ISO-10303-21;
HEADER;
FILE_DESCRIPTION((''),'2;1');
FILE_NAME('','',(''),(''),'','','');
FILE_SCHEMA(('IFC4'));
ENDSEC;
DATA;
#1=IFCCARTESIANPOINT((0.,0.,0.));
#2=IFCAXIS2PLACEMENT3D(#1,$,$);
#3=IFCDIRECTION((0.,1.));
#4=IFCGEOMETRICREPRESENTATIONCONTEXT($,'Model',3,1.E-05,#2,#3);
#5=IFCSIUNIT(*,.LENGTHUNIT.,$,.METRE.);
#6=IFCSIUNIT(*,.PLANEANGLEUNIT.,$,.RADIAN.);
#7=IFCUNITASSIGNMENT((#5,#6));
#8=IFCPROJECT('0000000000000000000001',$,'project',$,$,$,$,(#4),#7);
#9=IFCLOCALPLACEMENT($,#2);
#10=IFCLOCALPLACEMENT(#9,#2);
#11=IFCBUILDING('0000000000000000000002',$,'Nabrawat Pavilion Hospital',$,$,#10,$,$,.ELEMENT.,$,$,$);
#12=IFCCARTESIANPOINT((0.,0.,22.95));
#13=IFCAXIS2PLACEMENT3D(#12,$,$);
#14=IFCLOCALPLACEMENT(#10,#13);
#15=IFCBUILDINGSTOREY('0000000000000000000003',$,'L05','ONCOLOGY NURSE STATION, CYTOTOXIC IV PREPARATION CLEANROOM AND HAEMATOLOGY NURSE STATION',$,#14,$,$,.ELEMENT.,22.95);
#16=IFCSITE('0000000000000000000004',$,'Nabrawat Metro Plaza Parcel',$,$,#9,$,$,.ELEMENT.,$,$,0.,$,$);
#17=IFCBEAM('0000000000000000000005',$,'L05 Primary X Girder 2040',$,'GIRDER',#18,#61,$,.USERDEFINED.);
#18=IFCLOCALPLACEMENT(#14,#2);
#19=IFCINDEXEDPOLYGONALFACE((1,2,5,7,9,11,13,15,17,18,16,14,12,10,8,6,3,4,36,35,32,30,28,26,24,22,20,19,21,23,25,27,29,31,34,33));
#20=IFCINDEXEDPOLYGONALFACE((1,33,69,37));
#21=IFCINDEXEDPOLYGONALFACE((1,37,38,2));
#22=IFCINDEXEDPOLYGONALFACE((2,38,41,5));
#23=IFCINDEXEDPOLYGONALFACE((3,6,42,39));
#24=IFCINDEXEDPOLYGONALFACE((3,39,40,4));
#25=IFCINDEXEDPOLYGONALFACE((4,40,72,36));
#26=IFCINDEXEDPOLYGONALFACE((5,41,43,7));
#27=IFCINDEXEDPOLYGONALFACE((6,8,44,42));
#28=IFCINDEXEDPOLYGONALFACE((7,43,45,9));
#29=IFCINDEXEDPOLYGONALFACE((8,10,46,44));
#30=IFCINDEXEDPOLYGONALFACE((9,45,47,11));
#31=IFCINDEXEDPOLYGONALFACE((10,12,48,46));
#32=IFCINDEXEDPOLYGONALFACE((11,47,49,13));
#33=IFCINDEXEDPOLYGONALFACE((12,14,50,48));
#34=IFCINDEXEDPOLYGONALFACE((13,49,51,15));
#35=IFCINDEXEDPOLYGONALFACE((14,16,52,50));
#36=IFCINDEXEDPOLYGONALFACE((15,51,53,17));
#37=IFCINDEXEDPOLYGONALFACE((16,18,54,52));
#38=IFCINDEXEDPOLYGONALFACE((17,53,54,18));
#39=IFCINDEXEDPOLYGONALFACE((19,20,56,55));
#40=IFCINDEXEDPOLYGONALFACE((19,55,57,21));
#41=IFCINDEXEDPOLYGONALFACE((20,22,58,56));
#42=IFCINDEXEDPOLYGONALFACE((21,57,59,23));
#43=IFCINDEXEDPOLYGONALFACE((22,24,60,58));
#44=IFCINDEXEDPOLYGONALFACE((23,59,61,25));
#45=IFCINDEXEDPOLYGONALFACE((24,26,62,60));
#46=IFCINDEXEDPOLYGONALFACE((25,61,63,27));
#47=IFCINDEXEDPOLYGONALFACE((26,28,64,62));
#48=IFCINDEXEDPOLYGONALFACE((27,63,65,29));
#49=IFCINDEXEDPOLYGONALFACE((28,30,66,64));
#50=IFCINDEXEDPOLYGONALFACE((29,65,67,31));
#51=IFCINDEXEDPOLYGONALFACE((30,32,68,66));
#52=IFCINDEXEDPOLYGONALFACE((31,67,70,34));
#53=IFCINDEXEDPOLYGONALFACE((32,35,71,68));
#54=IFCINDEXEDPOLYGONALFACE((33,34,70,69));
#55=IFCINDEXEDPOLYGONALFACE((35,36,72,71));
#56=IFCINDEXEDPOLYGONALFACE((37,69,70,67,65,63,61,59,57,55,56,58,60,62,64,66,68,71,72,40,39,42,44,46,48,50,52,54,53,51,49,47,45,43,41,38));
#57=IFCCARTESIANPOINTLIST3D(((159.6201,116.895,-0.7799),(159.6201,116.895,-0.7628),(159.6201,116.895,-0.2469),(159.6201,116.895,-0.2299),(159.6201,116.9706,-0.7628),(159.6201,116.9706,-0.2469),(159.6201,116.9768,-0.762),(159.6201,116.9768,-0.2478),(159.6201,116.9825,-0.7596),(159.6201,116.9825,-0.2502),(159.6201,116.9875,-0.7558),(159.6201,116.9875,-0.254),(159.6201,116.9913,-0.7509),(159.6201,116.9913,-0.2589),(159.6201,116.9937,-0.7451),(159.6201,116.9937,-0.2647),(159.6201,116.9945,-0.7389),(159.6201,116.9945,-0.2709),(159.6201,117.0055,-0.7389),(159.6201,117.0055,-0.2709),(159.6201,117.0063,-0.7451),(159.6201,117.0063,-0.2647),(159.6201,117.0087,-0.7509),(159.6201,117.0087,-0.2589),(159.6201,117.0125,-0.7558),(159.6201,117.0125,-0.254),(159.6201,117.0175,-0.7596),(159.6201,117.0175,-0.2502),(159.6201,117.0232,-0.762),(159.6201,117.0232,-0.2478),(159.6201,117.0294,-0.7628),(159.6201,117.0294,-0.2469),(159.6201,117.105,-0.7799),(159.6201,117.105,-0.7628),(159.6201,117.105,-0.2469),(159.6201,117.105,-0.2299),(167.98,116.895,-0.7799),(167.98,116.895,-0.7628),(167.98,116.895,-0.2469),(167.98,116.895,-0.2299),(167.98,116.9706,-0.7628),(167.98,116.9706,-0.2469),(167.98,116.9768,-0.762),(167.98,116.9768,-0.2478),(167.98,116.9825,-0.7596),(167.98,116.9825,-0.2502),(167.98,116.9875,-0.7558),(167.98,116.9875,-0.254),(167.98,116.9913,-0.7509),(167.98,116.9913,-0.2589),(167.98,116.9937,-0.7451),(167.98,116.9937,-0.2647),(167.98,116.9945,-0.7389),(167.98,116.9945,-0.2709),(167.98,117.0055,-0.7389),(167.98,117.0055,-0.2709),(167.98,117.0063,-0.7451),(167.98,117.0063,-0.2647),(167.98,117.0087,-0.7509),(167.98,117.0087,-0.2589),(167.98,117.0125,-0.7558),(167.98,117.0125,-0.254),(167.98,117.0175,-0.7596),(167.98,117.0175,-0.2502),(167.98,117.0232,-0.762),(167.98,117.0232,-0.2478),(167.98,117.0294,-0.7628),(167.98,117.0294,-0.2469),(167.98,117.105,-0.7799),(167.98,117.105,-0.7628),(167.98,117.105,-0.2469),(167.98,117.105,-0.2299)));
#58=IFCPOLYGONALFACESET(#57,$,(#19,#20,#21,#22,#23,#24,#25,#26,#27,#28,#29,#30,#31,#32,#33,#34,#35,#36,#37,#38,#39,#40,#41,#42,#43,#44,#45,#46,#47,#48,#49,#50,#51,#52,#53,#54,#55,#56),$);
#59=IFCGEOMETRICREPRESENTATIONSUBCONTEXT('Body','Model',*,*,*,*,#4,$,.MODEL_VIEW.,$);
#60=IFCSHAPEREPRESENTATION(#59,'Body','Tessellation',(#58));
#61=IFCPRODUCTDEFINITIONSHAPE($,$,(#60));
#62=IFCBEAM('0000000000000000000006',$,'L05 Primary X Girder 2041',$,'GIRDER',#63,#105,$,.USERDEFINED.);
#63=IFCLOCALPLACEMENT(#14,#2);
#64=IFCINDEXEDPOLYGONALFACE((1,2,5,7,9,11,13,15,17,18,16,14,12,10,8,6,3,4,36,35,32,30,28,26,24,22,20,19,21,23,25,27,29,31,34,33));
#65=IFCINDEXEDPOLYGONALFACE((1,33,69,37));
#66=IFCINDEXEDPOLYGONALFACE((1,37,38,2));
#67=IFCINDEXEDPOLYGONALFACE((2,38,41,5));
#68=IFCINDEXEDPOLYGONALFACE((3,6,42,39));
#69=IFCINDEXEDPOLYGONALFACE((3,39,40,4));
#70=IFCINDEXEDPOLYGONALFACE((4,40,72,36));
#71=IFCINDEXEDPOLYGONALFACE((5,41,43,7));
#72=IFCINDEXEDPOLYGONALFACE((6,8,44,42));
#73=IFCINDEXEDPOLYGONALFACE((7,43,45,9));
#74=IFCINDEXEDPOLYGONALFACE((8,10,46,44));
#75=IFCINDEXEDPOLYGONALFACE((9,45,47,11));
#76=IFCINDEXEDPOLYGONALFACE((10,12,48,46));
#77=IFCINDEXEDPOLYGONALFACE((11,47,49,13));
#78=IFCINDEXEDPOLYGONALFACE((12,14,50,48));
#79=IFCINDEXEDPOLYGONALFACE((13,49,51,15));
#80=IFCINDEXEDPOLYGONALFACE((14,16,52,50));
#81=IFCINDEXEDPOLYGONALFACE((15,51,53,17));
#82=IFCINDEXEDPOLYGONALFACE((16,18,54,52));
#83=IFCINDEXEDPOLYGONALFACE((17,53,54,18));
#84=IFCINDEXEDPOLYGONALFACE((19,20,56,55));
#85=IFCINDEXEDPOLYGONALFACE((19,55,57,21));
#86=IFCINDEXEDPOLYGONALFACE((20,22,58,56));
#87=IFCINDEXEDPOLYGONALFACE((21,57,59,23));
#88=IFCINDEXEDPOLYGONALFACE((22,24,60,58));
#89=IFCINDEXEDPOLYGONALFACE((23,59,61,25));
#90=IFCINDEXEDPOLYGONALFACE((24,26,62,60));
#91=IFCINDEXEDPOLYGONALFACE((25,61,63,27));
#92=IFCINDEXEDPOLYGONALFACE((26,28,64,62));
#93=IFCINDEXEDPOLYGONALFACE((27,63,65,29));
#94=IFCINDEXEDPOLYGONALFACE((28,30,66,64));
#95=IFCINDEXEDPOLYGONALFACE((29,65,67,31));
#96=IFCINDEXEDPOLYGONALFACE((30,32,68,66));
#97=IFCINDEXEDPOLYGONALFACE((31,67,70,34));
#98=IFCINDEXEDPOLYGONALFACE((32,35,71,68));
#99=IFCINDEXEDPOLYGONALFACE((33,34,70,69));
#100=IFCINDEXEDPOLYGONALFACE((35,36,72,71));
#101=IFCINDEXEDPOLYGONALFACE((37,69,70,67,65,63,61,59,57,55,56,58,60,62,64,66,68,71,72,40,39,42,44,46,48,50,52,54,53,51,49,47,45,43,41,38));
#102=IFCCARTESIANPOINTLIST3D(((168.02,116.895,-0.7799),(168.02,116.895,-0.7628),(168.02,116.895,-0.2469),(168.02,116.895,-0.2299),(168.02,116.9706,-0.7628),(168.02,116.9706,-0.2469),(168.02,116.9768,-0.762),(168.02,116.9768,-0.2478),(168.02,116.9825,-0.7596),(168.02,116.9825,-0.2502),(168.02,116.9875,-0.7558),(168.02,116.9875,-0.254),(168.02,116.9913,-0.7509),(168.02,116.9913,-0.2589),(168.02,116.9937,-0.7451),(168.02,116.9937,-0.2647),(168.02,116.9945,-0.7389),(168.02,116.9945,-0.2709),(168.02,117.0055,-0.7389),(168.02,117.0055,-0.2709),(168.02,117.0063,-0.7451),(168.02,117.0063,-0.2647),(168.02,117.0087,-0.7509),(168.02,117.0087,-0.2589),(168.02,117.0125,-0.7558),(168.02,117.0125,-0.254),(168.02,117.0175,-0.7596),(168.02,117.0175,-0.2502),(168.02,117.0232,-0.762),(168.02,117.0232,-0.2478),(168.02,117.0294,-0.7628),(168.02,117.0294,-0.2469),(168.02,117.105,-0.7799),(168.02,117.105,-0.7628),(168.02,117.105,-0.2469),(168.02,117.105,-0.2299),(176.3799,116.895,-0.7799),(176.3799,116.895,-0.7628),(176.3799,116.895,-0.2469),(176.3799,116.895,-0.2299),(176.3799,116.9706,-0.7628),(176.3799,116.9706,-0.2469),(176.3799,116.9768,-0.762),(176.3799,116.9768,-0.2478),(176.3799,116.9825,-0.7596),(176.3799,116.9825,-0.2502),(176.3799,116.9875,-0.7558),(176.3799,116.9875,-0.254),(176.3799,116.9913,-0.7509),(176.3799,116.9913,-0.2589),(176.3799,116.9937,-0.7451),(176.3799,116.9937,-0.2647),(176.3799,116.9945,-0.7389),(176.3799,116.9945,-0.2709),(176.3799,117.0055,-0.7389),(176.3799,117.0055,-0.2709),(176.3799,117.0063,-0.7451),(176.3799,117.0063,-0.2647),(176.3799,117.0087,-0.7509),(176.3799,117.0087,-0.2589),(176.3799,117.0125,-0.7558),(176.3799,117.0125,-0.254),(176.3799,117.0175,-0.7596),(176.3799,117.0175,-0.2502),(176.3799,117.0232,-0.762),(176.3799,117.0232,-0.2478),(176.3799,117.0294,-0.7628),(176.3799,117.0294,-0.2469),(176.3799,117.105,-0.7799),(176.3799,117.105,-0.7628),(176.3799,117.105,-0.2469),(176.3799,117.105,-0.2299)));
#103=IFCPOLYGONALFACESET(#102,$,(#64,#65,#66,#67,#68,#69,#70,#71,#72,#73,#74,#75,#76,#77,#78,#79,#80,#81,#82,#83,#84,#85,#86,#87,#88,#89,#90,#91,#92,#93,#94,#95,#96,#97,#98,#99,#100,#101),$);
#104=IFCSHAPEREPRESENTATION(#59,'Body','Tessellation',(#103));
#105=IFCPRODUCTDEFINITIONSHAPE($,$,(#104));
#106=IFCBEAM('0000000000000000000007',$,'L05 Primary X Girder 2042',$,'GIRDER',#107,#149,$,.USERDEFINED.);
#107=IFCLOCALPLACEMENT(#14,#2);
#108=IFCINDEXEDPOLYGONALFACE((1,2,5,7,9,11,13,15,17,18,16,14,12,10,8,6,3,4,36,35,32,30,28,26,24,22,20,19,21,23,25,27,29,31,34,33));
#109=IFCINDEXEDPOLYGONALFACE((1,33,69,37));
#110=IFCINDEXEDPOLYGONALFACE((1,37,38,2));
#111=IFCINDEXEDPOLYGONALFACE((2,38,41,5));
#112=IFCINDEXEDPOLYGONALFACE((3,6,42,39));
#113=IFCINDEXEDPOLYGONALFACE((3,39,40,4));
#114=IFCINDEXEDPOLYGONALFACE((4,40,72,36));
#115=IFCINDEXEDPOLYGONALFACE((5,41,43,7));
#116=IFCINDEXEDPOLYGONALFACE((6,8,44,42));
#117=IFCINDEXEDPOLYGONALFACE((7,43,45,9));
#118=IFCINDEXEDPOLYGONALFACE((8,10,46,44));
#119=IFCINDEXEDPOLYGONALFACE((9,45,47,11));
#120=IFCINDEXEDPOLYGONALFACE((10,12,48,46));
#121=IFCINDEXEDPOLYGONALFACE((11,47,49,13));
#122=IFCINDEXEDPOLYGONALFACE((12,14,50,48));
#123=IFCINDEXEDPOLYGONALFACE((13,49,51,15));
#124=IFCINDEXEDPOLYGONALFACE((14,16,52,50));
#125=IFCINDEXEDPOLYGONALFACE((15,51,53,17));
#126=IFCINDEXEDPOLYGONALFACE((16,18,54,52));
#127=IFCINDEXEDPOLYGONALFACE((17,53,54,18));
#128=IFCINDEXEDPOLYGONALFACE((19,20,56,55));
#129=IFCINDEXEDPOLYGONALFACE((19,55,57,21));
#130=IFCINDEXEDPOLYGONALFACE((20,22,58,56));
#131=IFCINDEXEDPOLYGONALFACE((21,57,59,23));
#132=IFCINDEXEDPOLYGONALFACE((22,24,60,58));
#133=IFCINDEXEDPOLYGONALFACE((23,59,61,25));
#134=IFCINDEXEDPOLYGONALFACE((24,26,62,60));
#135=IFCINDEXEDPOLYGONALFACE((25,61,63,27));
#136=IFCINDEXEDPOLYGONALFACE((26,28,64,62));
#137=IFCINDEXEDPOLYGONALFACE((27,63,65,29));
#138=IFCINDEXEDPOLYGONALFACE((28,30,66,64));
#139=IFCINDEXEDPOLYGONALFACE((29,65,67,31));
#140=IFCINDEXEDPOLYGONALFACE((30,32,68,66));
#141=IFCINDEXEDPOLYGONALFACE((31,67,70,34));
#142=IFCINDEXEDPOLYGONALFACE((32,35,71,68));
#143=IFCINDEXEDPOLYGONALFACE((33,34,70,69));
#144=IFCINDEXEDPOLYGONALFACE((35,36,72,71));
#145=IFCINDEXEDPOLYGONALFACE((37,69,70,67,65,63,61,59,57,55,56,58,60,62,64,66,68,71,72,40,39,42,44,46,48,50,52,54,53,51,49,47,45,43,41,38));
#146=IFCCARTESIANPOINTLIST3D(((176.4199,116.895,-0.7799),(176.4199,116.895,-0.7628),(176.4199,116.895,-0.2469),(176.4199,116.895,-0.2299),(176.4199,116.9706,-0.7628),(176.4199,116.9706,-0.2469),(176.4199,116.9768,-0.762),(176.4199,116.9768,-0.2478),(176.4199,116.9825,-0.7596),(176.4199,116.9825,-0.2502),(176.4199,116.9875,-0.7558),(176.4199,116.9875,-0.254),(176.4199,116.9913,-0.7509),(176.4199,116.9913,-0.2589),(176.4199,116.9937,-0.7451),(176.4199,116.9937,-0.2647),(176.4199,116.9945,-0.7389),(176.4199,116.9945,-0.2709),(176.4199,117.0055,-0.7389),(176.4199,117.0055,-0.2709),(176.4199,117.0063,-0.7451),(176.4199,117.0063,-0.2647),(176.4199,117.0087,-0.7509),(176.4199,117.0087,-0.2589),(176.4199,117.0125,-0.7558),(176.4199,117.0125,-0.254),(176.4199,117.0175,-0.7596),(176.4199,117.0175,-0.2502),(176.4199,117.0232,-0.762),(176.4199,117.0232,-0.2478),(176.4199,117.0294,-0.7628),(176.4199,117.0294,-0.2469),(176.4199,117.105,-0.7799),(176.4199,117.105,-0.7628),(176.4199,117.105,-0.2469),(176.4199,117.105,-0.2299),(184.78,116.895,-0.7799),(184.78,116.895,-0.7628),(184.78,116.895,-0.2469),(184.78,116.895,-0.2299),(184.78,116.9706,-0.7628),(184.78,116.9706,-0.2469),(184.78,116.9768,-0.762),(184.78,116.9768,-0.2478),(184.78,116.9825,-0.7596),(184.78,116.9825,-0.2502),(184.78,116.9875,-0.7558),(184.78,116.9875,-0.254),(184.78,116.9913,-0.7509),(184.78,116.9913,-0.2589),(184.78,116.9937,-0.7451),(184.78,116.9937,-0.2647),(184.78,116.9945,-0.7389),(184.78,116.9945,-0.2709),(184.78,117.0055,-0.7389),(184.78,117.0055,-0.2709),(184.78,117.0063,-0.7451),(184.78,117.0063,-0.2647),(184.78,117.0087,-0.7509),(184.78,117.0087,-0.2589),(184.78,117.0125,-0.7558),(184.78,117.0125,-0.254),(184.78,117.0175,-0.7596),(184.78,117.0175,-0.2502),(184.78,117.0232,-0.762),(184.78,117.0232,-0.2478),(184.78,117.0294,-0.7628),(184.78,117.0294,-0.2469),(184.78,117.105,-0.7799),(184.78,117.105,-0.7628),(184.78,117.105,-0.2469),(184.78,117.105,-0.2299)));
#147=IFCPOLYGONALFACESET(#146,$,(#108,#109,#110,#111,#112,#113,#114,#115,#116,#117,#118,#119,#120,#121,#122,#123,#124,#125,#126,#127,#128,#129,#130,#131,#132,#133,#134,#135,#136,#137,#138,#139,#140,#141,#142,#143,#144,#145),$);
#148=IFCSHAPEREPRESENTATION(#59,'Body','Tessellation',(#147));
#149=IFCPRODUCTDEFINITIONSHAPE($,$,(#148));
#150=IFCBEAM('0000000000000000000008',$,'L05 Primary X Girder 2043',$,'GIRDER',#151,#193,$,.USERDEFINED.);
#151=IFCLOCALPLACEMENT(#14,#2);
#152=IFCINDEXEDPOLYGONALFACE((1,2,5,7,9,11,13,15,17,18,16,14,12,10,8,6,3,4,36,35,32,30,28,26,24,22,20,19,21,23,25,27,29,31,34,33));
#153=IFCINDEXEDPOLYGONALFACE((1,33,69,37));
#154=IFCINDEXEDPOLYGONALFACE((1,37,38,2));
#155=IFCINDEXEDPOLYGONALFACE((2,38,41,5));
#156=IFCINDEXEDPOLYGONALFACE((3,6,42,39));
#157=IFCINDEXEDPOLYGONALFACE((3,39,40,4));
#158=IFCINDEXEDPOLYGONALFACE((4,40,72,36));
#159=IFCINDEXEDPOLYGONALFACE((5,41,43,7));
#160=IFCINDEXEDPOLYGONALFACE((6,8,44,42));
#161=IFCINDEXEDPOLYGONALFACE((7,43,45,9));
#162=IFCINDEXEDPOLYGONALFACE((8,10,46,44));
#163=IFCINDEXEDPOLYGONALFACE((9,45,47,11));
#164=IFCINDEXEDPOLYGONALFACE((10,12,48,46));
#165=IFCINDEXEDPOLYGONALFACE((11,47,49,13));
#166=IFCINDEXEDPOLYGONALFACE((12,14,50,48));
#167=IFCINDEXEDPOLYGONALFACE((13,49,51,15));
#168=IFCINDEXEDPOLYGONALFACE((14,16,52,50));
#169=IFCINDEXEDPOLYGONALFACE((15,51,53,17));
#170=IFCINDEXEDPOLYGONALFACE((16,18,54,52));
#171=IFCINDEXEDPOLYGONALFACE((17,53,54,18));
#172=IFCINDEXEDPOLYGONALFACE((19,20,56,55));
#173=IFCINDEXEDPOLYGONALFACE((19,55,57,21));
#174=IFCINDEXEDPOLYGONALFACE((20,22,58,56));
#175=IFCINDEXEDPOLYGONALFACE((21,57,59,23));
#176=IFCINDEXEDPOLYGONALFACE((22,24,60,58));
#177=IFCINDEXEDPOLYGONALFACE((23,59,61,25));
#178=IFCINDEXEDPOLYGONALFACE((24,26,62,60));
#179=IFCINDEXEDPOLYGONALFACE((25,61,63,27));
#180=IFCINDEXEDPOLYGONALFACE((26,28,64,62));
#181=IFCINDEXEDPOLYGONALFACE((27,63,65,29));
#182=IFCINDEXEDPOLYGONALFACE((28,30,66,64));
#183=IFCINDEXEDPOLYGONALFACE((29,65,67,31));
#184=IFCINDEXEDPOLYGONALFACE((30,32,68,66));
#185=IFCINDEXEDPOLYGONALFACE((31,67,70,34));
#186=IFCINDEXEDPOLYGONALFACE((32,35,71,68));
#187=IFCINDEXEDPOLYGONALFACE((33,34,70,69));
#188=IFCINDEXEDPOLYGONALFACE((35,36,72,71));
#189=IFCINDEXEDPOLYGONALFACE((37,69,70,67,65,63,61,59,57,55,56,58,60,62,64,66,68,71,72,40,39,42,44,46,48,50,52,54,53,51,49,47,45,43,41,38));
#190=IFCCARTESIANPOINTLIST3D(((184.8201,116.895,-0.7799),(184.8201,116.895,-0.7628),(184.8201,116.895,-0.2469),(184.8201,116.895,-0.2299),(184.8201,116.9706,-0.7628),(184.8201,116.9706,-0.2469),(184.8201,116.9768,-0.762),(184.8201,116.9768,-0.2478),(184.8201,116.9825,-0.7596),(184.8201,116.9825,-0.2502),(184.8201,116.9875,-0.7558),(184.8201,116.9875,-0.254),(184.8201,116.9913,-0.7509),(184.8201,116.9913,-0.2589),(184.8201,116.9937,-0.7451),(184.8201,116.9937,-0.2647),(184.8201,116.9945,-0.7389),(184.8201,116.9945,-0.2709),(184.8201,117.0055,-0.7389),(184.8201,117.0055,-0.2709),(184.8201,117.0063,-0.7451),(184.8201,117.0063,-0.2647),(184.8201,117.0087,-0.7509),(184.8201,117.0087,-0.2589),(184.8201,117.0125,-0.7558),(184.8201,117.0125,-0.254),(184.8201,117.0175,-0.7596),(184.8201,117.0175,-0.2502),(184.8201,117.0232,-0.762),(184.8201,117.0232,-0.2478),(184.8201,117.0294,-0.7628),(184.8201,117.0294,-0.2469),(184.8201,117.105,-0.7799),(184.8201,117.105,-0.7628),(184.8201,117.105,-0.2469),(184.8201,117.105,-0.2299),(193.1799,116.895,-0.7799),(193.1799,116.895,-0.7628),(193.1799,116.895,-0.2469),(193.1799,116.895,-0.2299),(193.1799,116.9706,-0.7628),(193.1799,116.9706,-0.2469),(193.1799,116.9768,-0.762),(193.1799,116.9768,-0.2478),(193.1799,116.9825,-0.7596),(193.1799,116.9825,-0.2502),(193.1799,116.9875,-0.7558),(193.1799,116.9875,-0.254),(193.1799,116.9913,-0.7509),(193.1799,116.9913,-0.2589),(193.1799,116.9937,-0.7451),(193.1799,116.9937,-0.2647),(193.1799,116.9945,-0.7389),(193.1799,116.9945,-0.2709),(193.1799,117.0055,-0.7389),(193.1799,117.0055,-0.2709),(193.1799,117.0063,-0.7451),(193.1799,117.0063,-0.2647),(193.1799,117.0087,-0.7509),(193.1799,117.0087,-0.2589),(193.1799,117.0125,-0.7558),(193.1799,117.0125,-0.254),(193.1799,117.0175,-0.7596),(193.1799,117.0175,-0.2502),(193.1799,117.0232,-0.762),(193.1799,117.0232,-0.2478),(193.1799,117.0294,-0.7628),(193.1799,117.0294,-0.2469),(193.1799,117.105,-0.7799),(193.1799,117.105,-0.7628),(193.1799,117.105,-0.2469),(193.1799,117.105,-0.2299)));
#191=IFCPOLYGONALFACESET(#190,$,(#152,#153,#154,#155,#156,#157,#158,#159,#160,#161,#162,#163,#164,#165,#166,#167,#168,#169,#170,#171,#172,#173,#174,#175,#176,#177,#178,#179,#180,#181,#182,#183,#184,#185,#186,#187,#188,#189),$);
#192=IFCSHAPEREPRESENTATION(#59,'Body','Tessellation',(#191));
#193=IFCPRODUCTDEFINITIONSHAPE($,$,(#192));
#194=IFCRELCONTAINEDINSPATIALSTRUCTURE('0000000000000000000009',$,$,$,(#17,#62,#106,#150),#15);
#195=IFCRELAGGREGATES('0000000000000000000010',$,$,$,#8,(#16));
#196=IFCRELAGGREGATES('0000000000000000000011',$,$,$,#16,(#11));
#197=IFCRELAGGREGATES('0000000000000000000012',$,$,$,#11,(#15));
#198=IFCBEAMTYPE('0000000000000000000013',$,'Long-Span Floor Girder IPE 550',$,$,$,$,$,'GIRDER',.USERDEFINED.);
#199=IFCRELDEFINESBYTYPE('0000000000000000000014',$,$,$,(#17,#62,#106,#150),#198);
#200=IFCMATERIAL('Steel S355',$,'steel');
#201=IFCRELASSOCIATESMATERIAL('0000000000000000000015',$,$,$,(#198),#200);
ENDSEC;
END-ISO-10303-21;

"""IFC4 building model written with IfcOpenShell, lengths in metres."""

from ifc_helpers import new_model, si_unit, direction, frame, origin, origin_2d, place, context, subcontext, project, spatial, i_section, extrude, material, material_profile, profile_set, type_object, element, save


model = new_model("IFC4")

# Units and contexts
model_context = context("Model", 3, precision=1e-05, world=origin(), true_north=direction((0.0, 1.0)))
body_context = subcontext(model_context, "Body", "Model", "MODEL_VIEW")
ifc_project = project(units=[si_unit("LENGTHUNIT", "METRE"), si_unit("PLANEANGLEUNIT", "RADIAN")], contexts=[model_context])

# Site, building, storey
site_placement = place(None, origin())
site = spatial("IfcSite", under=ifc_project, at=site_placement, Name="Nabrawat Metro Plaza Parcel", CompositionType="ELEMENT", RefElevation=0.0)
building_placement = place(site_placement, origin())
building = spatial("IfcBuilding", under=site, at=building_placement, Name="Nabrawat Pavilion Hospital", CompositionType="ELEMENT")
storey_placement = place(building_placement, frame((0.0, 0.0, 22.95)))
storey = spatial("IfcBuildingStorey", under=building, at=storey_placement, Name="L05", Description="ONCOLOGY NURSE STATION, CYTOTOXIC IV PREPARATION CLEANROOM AND HAEMATOLOGY NURSE STATION", CompositionType="ELEMENT", Elevation=22.95)

# Shared definitions
ifc_material_1 = material(Name="Steel S355", Category="steel")

# Beams
ifc_material_profile_1 = material_profile(ifc_material_1, i_section(OverallWidth=0.21, OverallDepth=0.55, WebThickness=0.011, FlangeThickness=0.0171, FilletRadius=0.0239, at=origin_2d()), Name="IPE 550")
ifc_profile_set_1 = profile_set([ifc_material_profile_1], Name="Steel S355")
beam_type_1 = type_object("IfcBeamType", Name="Long-Span Floor Girder IPE 550", ElementType="GIRDER", PredefinedType="USERDEFINED", material=ifc_profile_set_1)
for number, where, z_axis, x_axis, name in (
    (1, (159.6201, 117.0, -0.5049), (1.0, 0.0, 0.0), (0.0, 1.0, 0.0), "L05 Primary X Girder 2040"),
    (2, (168.02, 117.0, -0.5049), (1.0, 0.0, 0.0), (0.0, 1.0, 0.0), "L05 Primary X Girder 2041"),
):
    element("IfcBeam", number, at=place(storey_placement, frame(where, z_axis=z_axis, x_axis=x_axis)), inside=storey, type_object=beam_type_1, Name=name, ObjectType="GIRDER", PredefinedType="USERDEFINED", context=body_context, shape_type="SweptSolid", body=[
        extrude(i_section(OverallWidth=0.21, OverallDepth=0.55, WebThickness=0.011, FlangeThickness=0.0171, FilletRadius=0.0239, at=origin_2d()), origin(), (0.0, 0.0, 1.0), 8.3599),
    ])
beam_1_placement = place(storey_placement, frame((176.4199, 117.0, -0.5049), z_axis=(1.0, 0.0, 0.0), x_axis=(0.0, 1.0, 0.0)))
element("IfcBeam", 3, at=beam_1_placement, inside=storey, type_object=beam_type_1, Name="L05 Primary X Girder 2042", ObjectType="GIRDER", PredefinedType="USERDEFINED", context=body_context, shape_type="SweptSolid", body=[
    extrude(i_section(OverallWidth=0.21, OverallDepth=0.55, WebThickness=0.011, FlangeThickness=0.0171, FilletRadius=0.0239, at=origin_2d()), origin(), (0.0, 0.0, 1.0), 8.3601),
])
beam_2_placement = place(storey_placement, frame((184.8201, 117.0, -0.5049), z_axis=(1.0, 0.0, 0.0), x_axis=(0.0, 1.0, 0.0)))
element("IfcBeam", 4, at=beam_2_placement, inside=storey, type_object=beam_type_1, Name="L05 Primary X Girder 2043", ObjectType="GIRDER", PredefinedType="USERDEFINED", context=body_context, shape_type="SweptSolid", body=[
    extrude(i_section(OverallWidth=0.21, OverallDepth=0.55, WebThickness=0.011, FlangeThickness=0.0171, FilletRadius=0.0239, at=origin_2d()), origin(), (0.0, 0.0, 1.0), 8.3599),
])

save(model, "model.ifc")
